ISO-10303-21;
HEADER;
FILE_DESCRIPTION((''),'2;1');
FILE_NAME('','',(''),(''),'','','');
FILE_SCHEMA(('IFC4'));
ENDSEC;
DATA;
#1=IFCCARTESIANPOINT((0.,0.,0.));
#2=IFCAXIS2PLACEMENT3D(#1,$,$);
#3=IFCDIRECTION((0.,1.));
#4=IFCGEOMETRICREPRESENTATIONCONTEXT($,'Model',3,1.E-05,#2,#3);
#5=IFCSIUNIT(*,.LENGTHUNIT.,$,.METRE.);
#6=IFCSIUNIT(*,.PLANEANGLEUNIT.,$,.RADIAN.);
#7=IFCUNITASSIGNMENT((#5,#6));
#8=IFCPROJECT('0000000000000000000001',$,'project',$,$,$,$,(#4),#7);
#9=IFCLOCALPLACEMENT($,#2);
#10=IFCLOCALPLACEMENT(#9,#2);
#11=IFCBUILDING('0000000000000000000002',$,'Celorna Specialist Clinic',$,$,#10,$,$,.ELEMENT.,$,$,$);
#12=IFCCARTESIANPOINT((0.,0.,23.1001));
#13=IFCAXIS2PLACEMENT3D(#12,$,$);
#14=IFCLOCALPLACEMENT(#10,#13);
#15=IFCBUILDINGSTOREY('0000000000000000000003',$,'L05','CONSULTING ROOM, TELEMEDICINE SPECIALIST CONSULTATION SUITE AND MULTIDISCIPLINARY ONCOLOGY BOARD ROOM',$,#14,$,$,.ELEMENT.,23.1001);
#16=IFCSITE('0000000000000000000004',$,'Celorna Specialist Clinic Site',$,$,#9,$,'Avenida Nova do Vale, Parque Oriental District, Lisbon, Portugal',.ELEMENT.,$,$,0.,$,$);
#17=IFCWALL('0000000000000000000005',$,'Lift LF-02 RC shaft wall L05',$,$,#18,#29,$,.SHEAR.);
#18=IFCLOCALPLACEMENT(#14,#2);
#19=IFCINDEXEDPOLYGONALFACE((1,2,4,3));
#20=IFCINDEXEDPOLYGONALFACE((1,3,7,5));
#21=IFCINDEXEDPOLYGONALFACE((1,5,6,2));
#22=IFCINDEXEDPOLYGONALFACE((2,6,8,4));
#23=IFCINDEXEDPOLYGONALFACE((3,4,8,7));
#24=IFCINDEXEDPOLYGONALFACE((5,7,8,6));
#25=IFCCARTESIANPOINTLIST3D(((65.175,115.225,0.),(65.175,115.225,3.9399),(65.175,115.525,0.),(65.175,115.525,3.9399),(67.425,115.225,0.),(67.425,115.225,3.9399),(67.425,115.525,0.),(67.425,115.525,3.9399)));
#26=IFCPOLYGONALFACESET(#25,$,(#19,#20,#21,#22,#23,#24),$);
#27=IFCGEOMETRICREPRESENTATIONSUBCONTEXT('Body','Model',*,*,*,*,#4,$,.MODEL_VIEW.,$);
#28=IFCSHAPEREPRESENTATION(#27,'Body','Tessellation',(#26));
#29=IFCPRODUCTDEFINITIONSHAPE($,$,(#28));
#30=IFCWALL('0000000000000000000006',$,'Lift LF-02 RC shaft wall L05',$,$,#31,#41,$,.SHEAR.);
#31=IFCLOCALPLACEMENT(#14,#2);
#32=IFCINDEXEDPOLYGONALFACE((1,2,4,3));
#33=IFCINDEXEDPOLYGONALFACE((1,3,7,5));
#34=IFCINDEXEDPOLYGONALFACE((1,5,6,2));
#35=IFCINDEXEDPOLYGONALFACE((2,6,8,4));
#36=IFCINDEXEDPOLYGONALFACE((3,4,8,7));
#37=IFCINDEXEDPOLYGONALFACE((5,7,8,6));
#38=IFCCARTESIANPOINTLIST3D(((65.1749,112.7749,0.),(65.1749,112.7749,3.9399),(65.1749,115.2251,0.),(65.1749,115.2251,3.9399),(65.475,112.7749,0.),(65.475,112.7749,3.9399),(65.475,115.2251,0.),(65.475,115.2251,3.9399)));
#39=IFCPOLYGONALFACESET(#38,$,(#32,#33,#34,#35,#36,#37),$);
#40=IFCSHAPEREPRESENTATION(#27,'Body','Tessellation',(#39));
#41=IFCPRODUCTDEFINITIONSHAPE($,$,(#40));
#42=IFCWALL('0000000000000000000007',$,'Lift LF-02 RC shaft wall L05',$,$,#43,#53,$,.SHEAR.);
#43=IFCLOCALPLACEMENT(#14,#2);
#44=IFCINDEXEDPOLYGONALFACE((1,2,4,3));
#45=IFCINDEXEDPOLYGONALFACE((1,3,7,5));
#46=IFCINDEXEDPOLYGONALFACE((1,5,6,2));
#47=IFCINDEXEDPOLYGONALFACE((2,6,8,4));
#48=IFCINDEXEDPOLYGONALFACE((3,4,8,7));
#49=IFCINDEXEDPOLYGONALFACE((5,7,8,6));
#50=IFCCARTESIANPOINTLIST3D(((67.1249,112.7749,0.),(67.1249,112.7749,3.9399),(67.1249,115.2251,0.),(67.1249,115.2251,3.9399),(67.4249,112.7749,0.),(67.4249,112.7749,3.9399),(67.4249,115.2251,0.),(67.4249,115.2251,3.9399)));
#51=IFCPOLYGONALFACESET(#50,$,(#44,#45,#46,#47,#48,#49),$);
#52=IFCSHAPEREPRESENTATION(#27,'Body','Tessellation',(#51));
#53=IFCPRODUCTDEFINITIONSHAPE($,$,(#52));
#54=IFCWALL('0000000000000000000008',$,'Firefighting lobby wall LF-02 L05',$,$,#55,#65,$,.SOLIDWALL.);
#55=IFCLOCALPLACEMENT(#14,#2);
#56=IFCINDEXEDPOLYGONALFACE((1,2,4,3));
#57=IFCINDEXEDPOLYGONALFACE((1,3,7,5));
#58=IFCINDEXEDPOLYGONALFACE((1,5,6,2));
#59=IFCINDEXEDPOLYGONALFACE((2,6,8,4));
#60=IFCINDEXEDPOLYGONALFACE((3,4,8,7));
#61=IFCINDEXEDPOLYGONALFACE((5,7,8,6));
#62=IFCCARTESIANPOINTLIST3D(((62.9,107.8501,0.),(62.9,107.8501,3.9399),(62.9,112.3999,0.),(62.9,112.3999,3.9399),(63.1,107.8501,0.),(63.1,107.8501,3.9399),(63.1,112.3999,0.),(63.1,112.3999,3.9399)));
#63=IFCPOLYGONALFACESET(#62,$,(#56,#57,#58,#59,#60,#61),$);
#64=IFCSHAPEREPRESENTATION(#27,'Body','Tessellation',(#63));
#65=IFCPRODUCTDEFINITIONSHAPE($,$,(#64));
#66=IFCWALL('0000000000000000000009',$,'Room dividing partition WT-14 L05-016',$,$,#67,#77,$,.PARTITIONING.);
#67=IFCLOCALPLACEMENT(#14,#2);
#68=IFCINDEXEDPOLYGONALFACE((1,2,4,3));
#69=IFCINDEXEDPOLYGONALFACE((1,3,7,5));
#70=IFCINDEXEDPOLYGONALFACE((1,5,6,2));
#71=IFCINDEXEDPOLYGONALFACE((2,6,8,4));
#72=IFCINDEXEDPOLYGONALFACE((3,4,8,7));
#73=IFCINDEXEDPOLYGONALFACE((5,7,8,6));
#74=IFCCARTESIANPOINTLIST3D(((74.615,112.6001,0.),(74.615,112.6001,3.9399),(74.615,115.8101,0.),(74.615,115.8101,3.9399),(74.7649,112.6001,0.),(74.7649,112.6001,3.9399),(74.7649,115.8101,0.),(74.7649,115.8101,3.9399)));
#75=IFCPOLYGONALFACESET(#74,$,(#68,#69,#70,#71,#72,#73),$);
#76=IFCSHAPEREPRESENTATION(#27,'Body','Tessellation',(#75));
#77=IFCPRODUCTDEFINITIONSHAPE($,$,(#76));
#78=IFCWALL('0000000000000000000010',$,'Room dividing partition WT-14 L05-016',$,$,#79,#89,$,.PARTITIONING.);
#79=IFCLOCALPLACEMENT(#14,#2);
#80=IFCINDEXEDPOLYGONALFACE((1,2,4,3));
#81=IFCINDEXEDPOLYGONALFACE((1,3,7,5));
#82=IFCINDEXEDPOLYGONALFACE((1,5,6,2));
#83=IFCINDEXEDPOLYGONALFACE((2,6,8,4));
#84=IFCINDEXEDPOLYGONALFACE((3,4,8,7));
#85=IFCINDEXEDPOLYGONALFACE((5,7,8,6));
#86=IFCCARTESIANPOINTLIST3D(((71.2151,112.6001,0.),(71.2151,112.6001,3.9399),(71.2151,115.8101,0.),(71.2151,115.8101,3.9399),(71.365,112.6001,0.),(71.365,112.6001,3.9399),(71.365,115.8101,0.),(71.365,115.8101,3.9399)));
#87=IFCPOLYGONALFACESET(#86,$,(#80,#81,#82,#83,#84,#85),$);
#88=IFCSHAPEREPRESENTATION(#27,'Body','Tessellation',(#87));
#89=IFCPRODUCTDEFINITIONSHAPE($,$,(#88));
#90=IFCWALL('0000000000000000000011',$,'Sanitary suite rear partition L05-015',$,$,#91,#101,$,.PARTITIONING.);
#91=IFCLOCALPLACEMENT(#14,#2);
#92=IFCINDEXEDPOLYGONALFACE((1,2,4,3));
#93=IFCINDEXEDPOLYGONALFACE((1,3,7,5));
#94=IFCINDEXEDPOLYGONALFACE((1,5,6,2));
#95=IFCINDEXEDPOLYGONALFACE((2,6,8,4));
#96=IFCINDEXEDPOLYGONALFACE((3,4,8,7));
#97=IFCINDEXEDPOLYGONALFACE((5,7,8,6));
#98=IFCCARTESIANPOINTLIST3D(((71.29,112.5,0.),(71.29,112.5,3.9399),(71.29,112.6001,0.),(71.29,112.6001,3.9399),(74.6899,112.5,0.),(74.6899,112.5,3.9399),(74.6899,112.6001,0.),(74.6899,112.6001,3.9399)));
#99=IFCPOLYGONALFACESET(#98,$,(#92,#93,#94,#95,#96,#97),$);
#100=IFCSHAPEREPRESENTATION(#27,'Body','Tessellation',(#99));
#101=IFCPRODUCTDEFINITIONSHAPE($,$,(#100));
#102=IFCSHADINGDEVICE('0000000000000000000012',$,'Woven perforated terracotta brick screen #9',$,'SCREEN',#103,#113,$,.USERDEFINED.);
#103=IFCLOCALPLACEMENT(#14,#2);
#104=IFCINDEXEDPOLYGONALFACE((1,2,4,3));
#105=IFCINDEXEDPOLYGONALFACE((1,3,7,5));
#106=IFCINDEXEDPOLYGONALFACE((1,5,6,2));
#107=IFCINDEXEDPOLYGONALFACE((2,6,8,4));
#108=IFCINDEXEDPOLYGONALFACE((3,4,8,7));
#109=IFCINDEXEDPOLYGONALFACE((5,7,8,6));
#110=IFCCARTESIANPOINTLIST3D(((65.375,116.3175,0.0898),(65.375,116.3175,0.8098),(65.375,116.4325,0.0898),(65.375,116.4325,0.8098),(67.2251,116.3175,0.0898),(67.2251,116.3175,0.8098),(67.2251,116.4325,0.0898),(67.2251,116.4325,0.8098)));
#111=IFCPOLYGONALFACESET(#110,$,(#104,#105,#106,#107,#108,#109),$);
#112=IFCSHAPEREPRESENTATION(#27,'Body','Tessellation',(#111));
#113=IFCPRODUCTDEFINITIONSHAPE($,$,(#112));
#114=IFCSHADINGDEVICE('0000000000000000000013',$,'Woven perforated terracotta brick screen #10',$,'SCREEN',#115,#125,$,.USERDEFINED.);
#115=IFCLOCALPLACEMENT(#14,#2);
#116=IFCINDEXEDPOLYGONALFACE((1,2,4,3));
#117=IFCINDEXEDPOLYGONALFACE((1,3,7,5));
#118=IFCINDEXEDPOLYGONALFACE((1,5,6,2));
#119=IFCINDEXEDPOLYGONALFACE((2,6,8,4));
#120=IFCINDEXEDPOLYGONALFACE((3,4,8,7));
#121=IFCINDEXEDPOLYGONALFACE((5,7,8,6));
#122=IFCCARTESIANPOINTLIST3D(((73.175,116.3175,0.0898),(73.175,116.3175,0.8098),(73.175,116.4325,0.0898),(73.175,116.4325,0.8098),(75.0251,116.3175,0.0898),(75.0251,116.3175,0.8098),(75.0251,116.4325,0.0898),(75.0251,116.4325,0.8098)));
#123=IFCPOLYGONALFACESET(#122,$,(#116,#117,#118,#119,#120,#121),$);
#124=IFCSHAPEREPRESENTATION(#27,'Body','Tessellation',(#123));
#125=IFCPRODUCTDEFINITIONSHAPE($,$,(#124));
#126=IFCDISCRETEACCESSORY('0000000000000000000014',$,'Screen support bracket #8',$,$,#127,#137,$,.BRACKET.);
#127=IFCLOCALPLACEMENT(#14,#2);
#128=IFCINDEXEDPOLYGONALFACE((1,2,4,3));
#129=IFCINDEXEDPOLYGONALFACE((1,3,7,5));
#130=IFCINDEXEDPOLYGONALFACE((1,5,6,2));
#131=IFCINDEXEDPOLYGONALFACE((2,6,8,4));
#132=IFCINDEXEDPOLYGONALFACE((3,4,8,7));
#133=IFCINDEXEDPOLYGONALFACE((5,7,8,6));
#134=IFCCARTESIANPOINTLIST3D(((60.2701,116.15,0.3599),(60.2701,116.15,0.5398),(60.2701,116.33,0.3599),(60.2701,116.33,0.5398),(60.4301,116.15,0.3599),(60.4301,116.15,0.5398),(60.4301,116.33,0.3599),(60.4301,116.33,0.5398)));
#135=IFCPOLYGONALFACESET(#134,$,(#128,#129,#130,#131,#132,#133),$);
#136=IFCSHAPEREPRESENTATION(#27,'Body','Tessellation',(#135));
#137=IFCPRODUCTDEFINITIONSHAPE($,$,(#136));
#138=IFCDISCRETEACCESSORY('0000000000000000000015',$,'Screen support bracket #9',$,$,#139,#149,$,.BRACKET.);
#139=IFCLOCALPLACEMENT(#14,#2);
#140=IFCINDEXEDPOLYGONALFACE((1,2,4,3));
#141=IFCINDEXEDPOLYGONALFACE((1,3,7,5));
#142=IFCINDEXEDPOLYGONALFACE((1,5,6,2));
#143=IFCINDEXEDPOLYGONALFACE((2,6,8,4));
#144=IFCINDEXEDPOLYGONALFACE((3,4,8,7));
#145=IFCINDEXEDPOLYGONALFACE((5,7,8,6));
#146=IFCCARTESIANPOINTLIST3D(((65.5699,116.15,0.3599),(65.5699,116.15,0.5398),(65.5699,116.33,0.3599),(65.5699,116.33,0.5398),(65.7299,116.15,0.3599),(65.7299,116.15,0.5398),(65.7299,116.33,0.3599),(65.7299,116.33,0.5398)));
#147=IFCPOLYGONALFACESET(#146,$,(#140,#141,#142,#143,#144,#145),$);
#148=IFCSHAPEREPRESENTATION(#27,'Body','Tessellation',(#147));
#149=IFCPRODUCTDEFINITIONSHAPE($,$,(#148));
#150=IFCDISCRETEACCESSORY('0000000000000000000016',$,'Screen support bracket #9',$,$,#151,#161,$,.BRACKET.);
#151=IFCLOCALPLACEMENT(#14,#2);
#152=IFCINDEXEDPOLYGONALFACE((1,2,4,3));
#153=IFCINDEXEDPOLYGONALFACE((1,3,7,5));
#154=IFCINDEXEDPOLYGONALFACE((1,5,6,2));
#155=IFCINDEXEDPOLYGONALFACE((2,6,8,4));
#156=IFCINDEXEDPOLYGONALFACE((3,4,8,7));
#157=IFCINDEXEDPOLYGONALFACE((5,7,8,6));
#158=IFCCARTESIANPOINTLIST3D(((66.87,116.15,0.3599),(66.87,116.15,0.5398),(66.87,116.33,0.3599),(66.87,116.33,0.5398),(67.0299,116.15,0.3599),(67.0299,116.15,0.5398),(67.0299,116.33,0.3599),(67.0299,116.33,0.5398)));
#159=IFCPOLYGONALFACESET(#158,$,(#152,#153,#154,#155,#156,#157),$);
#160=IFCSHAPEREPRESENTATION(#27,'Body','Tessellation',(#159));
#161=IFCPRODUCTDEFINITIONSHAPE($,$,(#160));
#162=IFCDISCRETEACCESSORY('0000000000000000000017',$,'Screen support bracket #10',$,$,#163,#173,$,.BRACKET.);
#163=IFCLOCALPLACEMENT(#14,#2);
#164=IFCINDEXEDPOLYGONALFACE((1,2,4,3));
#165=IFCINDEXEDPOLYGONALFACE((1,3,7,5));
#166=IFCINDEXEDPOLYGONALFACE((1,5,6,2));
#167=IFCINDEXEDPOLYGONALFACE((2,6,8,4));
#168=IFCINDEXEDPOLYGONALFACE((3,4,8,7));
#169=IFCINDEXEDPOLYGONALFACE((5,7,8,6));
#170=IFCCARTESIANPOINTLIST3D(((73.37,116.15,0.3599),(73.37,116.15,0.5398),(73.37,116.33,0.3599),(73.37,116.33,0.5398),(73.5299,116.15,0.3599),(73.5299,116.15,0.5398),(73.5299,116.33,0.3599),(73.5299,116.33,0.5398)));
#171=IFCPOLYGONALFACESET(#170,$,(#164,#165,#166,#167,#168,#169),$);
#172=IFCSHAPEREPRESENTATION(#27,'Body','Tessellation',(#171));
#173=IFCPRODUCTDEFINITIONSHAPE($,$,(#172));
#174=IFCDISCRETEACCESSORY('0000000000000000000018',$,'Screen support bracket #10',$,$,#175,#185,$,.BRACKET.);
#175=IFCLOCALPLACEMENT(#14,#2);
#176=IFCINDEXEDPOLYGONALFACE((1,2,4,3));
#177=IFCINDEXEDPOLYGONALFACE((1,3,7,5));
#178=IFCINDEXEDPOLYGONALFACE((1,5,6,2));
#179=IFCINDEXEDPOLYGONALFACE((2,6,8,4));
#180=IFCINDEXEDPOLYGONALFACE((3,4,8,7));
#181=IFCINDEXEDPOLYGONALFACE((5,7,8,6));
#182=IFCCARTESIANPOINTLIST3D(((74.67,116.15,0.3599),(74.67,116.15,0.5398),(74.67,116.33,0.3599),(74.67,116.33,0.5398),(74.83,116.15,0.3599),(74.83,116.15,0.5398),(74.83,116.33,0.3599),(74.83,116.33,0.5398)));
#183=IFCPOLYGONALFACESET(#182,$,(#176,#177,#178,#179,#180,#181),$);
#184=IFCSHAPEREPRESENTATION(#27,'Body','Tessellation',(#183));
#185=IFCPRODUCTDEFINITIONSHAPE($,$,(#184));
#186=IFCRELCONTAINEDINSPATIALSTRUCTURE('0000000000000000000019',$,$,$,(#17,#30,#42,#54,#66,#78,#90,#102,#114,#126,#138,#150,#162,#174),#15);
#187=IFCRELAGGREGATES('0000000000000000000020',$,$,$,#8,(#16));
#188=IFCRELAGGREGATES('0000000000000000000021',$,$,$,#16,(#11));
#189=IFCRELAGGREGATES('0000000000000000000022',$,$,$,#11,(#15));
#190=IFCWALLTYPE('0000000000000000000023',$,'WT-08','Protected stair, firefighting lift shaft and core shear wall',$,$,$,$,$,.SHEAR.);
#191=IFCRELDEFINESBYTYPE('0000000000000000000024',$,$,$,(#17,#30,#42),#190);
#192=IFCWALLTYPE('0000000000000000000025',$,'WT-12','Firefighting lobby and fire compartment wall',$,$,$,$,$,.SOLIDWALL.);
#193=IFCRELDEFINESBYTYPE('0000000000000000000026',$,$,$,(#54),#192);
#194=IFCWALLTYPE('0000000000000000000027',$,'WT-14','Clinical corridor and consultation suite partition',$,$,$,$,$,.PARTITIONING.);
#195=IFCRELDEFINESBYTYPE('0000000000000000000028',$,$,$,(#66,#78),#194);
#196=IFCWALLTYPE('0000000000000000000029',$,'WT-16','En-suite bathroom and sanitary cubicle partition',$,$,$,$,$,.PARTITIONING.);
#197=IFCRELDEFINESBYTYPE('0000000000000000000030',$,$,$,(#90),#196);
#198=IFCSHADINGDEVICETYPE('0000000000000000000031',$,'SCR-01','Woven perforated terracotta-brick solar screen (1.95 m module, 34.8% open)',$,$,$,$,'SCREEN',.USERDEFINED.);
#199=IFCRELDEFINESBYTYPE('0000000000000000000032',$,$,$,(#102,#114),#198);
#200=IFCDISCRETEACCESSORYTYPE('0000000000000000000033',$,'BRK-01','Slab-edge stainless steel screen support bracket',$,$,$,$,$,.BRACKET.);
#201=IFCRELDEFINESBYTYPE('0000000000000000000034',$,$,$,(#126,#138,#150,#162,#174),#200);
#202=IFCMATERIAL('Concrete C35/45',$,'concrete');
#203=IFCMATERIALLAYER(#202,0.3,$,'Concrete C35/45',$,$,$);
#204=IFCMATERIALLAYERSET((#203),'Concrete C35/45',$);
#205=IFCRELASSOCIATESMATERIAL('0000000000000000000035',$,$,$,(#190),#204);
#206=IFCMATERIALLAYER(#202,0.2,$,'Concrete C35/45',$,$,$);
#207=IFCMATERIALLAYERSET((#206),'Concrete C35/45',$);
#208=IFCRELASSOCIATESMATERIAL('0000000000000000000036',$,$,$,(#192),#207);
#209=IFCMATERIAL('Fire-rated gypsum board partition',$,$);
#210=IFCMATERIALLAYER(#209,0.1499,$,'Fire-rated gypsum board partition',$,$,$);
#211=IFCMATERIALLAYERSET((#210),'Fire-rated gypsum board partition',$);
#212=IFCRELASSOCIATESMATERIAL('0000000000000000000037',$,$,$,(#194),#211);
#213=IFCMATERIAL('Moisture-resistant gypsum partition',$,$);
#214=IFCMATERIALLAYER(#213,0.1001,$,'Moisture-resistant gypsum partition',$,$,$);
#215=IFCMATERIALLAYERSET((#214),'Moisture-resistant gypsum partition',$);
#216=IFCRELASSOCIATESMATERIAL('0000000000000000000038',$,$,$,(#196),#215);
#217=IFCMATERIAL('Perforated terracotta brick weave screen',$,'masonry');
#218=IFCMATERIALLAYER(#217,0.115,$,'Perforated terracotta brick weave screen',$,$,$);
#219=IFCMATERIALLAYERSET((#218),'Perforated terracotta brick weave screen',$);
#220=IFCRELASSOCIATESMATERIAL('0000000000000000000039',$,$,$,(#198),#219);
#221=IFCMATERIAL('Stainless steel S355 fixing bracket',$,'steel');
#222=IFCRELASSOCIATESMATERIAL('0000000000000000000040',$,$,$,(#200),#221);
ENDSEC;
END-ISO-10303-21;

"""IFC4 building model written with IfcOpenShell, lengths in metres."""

from ifc_helpers import new_model, si_unit, direction, frame, frame_2d, origin, origin_2d, place, context, subcontext, project, spatial, rectangle, extrude, material, layer, layer_set, type_object, element, save


model = new_model("IFC4")

# Units and contexts
model_context = context("Model", 3, precision=1e-05, world=origin(), true_north=direction((0.0, 1.0)))
body_context = subcontext(model_context, "Body", "Model", "MODEL_VIEW")
ifc_project = project(units=[si_unit("LENGTHUNIT", "METRE"), si_unit("PLANEANGLEUNIT", "RADIAN")], contexts=[model_context])

# Site, building, storey
site_placement = place(None, origin())
site = spatial("IfcSite", under=ifc_project, at=site_placement, Name="Celorna Specialist Clinic Site", LongName="Avenida Nova do Vale, Parque Oriental District, Lisbon, Portugal", CompositionType="ELEMENT", RefElevation=0.0)
building_placement = place(site_placement, origin())
building = spatial("IfcBuilding", under=site, at=building_placement, Name="Celorna Specialist Clinic", CompositionType="ELEMENT")
storey_placement = place(building_placement, frame((0.0, 0.0, 23.1001)))
storey = spatial("IfcBuildingStorey", under=building, at=storey_placement, Name="L05", Description="CONSULTING ROOM, TELEMEDICINE SPECIALIST CONSULTATION SUITE AND MULTIDISCIPLINARY ONCOLOGY BOARD ROOM", CompositionType="ELEMENT", Elevation=23.1001)

# Shared definitions
ifc_material_1 = material(Name="Concrete C35/45", Category="concrete")

# Shared definitions
ifc_layer_1 = layer(ifc_material_1, 0.3, Name="Concrete C35/45")
ifc_layer_set_1 = layer_set([ifc_layer_1], Name="Concrete C35/45")
wall_type_1 = type_object("IfcWallType", Name="WT-08", Description="Protected stair, firefighting lift shaft and core shear wall", PredefinedType="SHEAR", material=ifc_layer_set_1)

# Walls
wall_1_placement = place(storey_placement, frame((67.425, 115.375, 0.0), z_axis=(0.0, 0.0, 1.0), x_axis=(-1.0, 0.0, 0.0)))
element("IfcWall", 1, at=wall_1_placement, inside=storey, type_object=wall_type_1, Name="Lift LF-02 RC shaft wall L05", PredefinedType="SHEAR", context=body_context, shape_type="SweptSolid", body=[
    extrude(rectangle(XDim=2.25, YDim=0.3, at=frame_2d((1.125, 0.0))), origin(), (0.0, 0.0, 1.0), 3.9399),
])
for number, where, z_axis, x_axis, name in (
    (2, (65.325, 115.2251, 0.0), (0.0, 0.0, 1.0), (0.0, -1.0, 0.0), "Lift LF-02 RC shaft wall L05"),
    (3, (67.2749, 112.7749, 0.0), (0.0, 0.0, 1.0), (0.0, 1.0, 0.0), "Lift LF-02 RC shaft wall L05"),
):
    element("IfcWall", number, at=place(storey_placement, frame(where, z_axis=z_axis, x_axis=x_axis)), inside=storey, type_object=wall_type_1, Name=name, PredefinedType="SHEAR", context=body_context, shape_type="SweptSolid", body=[
        extrude(rectangle(XDim=2.4502, YDim=0.3, at=frame_2d((1.2251, 0.0))), origin(), (0.0, 0.0, 1.0), 3.9399),
    ])
ifc_layer_2 = layer(ifc_material_1, 0.2, Name="Concrete C35/45")
ifc_layer_set_2 = layer_set([ifc_layer_2], Name="Concrete C35/45")
wall_type_2 = type_object("IfcWallType", Name="WT-12", Description="Firefighting lobby and fire compartment wall", PredefinedType="SOLIDWALL", material=ifc_layer_set_2)
wall_2_placement = place(storey_placement, frame((63.0, 112.3999, 0.0), z_axis=(0.0, 0.0, 1.0), x_axis=(0.0, -1.0, 0.0)))
element("IfcWall", 4, at=wall_2_placement, inside=storey, type_object=wall_type_2, Name="Firefighting lobby wall LF-02 L05", PredefinedType="SOLIDWALL", context=body_context, shape_type="SweptSolid", body=[
    extrude(rectangle(XDim=4.5498, YDim=0.2, at=frame_2d((2.2749, 0.0))), origin(), (0.0, 0.0, 1.0), 3.9399),
])
ifc_material_2 = material(Name="Fire-rated gypsum board partition")
ifc_layer_3 = layer(ifc_material_2, 0.1499, Name="Fire-rated gypsum board partition")
ifc_layer_set_3 = layer_set([ifc_layer_3], Name="Fire-rated gypsum board partition")
wall_type_3 = type_object("IfcWallType", Name="WT-14", Description="Clinical corridor and consultation suite partition", PredefinedType="PARTITIONING", material=ifc_layer_set_3)
for number, where, z_axis, x_axis, name in (
    (5, (74.6899, 112.6001, 0.0), (0.0, 0.0, 1.0), (0.0, 1.0, 0.0), "Room dividing partition WT-14 L05-016"),
    (6, (71.29, 112.6001, 0.0), (0.0, 0.0, 1.0), (0.0, 1.0, 0.0), "Room dividing partition WT-14 L05-016"),
):
    element("IfcWall", number, at=place(storey_placement, frame(where, z_axis=z_axis, x_axis=x_axis)), inside=storey, type_object=wall_type_3, Name=name, PredefinedType="PARTITIONING", context=body_context, shape_type="SweptSolid", body=[
        extrude(rectangle(XDim=3.21, YDim=0.1499, at=frame_2d((1.605, 0.0))), origin(), (0.0, 0.0, 1.0), 3.9399),
    ])
ifc_material_3 = material(Name="Moisture-resistant gypsum partition")
ifc_layer_4 = layer(ifc_material_3, 0.1001, Name="Moisture-resistant gypsum partition")
ifc_layer_set_4 = layer_set([ifc_layer_4], Name="Moisture-resistant gypsum partition")
wall_type_4 = type_object("IfcWallType", Name="WT-16", Description="En-suite bathroom and sanitary cubicle partition", PredefinedType="PARTITIONING", material=ifc_layer_set_4)
wall_3_placement = place(storey_placement, frame((71.29, 112.55, 0.0), z_axis=(0.0, 0.0, 1.0), x_axis=(1.0, 0.0, 0.0)))
element("IfcWall", 7, at=wall_3_placement, inside=storey, type_object=wall_type_4, Name="Sanitary suite rear partition L05-015", PredefinedType="PARTITIONING", context=body_context, shape_type="SweptSolid", body=[
    extrude(rectangle(XDim=3.3999, YDim=0.1001, at=frame_2d((1.7, 0.0))), origin(), (0.0, 0.0, 1.0), 3.9399),
])

# Shading devices
ifc_material_4 = material(Name="Perforated terracotta brick weave screen", Category="masonry")
ifc_layer_5 = layer(ifc_material_4, 0.115, Name="Perforated terracotta brick weave screen")
ifc_layer_set_5 = layer_set([ifc_layer_5], Name="Perforated terracotta brick weave screen")
shading_device_type = type_object("IfcShadingDeviceType", Name="SCR-01", Description="Woven perforated terracotta-brick solar screen (1.95 m module, 34.8% open)", ElementType="SCREEN", PredefinedType="USERDEFINED", material=ifc_layer_set_5)
for number, where, z_axis, x_axis, name in (
    (8, (66.3, 116.375, 0.0898), (0.0, 0.0, 1.0), (1.0, 0.0, 0.0), "Woven perforated terracotta brick screen #9"),
    (9, (74.1001, 116.375, 0.0898), (0.0, 0.0, 1.0), (1.0, 0.0, 0.0), "Woven perforated terracotta brick screen #10"),
):
    element("IfcShadingDevice", number, at=place(storey_placement, frame(where, z_axis=z_axis, x_axis=x_axis)), inside=storey, type_object=shading_device_type, Name=name, ObjectType="SCREEN", PredefinedType="USERDEFINED", context=body_context, shape_type="SweptSolid", body=[
        extrude(rectangle(XDim=1.8501, YDim=0.115, at=origin_2d()), origin(), (0.0, 0.0, 1.0), 0.72),
    ])

# Discrete accessories
ifc_material_5 = material(Name="Stainless steel S355 fixing bracket", Category="steel")
discrete_accessory_type = type_object("IfcDiscreteAccessoryType", Name="BRK-01", Description="Slab-edge stainless steel screen support bracket", PredefinedType="BRACKET", material=ifc_material_5)
for number, where, z_axis, x_axis, name in (
    (10, (60.3501, 116.24, 0.3599), (0.0, 0.0, 1.0), (1.0, 0.0, 0.0), "Screen support bracket #8"),
    (11, (65.6499, 116.24, 0.3599), (0.0, 0.0, 1.0), (1.0, 0.0, 0.0), "Screen support bracket #9"),
    (12, (66.95, 116.24, 0.3599), (0.0, 0.0, 1.0), (1.0, 0.0, 0.0), "Screen support bracket #9"),
    (13, (73.45, 116.24, 0.3599), (0.0, 0.0, 1.0), (1.0, 0.0, 0.0), "Screen support bracket #10"),
    (14, (74.75, 116.24, 0.3599), (0.0, 0.0, 1.0), (1.0, 0.0, 0.0), "Screen support bracket #10"),
):
    element("IfcDiscreteAccessory", number, at=place(storey_placement, frame(where, z_axis=z_axis, x_axis=x_axis)), inside=storey, type_object=discrete_accessory_type, Name=name, PredefinedType="BRACKET", context=body_context, shape_type="SweptSolid", body=[
        extrude(rectangle(XDim=0.1599, YDim=0.1799, at=origin_2d()), origin(), (0.0, 0.0, 1.0), 0.1799),
    ])

save(model, "model.ifc")
